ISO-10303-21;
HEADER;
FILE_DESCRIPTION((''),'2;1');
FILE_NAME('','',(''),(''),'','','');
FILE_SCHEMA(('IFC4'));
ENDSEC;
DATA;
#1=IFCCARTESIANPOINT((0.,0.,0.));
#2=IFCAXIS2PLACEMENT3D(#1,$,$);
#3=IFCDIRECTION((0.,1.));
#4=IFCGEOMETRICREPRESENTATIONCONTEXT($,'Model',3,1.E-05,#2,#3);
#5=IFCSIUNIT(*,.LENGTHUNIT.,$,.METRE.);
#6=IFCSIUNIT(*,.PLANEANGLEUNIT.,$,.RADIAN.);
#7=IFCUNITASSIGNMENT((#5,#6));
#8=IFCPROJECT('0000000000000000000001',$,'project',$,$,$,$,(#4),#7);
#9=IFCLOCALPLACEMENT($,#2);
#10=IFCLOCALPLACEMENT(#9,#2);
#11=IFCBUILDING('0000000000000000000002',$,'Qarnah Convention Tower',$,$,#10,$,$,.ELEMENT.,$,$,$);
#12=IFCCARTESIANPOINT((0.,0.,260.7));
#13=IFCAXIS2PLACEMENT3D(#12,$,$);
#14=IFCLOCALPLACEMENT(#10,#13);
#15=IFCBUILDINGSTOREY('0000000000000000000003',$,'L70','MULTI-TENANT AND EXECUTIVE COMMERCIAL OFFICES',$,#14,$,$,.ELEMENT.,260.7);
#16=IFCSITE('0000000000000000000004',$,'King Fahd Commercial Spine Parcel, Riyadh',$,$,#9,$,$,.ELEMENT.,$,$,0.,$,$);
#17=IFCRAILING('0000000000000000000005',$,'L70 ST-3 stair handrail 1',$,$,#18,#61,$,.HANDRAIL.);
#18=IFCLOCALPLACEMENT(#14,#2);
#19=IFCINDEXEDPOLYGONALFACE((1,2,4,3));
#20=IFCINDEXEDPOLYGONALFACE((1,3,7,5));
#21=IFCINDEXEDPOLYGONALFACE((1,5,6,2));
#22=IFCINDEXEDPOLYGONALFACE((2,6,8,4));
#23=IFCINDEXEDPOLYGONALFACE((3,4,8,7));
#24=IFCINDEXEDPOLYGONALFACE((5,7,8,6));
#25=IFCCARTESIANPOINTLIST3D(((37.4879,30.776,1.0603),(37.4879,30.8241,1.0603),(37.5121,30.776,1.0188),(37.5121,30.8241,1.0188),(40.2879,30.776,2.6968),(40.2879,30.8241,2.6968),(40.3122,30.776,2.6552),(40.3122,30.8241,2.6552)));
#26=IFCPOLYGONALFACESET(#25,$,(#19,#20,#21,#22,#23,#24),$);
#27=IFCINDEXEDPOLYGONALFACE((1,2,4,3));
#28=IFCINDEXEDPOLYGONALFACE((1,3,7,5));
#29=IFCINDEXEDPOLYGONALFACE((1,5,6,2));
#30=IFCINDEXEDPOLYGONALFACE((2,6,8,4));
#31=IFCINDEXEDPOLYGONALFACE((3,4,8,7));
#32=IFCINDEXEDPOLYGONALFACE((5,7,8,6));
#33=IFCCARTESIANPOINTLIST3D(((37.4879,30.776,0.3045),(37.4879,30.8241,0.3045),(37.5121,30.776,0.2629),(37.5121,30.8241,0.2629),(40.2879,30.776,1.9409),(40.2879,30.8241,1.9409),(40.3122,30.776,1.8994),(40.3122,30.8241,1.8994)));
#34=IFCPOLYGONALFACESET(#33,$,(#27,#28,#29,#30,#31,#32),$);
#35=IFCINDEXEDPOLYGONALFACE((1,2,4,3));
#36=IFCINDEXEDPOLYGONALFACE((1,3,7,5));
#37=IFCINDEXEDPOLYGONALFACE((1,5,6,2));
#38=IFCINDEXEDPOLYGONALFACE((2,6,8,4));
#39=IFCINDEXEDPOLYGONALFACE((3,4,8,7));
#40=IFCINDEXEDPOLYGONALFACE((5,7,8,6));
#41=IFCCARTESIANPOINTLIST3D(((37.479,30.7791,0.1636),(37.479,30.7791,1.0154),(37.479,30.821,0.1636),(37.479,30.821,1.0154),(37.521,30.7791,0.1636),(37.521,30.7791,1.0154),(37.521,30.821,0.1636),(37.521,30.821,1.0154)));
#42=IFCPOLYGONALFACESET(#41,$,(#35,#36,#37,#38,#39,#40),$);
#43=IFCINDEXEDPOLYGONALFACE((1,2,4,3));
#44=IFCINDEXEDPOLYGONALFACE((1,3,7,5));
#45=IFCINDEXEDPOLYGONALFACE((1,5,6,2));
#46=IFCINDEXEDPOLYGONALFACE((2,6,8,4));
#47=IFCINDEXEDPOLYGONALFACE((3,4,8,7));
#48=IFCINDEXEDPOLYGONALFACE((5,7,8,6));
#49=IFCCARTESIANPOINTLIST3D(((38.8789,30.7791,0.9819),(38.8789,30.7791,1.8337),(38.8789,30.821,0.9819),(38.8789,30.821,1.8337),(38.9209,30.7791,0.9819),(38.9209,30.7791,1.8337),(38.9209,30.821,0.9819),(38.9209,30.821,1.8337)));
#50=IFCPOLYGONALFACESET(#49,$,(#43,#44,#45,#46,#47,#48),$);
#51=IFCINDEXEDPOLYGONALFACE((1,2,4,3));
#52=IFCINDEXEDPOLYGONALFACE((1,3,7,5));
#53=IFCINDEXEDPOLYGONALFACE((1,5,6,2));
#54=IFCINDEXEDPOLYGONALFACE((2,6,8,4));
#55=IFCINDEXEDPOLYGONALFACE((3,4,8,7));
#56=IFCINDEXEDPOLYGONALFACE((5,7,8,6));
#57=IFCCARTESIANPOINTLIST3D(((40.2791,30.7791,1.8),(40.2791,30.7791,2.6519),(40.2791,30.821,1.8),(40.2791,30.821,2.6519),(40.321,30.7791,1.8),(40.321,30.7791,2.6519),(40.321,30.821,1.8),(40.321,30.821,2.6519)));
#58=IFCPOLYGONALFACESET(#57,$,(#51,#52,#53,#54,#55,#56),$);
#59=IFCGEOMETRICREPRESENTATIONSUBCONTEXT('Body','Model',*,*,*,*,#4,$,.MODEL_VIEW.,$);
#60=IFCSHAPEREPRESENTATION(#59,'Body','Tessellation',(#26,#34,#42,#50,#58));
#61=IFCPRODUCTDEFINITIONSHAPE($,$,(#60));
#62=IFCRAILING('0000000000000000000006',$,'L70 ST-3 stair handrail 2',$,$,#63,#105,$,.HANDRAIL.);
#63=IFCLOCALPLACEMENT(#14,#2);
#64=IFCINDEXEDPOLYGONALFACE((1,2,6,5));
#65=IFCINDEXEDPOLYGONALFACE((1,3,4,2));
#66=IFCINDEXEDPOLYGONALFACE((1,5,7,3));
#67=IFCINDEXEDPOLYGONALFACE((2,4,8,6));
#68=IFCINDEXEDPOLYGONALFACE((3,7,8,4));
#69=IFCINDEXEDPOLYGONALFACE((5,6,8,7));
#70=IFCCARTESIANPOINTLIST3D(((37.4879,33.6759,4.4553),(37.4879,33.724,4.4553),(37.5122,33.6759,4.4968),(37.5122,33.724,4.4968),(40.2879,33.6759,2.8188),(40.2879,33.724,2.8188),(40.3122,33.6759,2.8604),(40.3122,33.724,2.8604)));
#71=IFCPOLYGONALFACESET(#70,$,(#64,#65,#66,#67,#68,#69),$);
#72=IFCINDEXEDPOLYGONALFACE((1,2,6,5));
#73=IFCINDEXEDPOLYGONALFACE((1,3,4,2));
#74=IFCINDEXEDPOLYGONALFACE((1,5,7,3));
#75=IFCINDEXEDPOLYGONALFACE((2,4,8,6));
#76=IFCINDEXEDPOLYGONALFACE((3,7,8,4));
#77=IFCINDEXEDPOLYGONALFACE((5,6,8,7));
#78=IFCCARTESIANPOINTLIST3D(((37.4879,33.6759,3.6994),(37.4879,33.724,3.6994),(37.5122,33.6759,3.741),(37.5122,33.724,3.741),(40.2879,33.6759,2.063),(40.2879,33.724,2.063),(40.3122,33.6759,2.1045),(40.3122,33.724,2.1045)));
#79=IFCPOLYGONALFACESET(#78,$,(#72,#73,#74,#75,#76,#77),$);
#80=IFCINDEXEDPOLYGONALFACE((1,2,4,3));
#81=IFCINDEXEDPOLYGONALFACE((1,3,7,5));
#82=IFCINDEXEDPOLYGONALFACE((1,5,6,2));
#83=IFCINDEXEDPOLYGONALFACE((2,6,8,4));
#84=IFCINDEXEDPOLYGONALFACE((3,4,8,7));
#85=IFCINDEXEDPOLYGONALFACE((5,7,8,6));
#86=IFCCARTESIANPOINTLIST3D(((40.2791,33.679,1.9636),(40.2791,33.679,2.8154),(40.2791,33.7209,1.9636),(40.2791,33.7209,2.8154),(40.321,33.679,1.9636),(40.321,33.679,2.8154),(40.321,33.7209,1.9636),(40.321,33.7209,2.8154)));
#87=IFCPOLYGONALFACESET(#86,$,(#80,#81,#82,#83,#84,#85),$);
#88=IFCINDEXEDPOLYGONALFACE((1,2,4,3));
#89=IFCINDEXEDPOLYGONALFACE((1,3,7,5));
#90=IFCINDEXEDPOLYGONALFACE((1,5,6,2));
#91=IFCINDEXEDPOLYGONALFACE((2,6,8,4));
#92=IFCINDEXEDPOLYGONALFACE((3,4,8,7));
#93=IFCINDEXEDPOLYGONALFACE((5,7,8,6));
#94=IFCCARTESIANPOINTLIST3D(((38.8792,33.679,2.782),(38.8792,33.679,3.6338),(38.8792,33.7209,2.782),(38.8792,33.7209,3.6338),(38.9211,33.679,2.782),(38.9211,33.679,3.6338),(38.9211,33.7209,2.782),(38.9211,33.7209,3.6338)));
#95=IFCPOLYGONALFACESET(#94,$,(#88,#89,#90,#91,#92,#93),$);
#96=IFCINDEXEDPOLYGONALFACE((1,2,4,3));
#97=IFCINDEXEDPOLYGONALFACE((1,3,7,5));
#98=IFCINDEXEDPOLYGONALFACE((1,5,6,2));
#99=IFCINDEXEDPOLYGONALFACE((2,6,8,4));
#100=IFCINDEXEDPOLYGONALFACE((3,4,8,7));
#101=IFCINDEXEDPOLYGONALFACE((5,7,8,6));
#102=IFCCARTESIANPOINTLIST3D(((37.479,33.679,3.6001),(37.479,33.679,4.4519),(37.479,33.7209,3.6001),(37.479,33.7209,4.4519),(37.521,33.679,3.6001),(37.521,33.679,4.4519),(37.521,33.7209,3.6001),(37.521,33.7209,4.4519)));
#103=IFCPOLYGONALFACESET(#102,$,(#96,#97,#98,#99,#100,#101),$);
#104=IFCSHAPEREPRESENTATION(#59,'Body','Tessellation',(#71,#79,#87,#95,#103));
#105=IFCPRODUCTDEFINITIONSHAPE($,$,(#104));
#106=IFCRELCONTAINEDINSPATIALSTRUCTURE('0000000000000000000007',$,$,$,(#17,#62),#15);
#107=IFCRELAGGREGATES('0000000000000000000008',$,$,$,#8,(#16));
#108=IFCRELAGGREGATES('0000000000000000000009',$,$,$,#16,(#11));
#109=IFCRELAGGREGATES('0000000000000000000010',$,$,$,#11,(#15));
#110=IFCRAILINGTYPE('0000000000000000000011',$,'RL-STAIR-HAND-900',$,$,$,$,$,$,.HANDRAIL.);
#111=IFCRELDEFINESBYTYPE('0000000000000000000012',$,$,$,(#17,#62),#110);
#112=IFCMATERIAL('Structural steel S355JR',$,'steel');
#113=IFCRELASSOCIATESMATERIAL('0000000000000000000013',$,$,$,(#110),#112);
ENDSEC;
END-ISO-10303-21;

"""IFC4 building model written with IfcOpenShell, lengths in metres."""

from ifc_helpers import new_model, si_unit, direction, frame, origin, origin_2d, place, context, subcontext, project, spatial, rectangle, extrude, material, type_object, element, save


model = new_model("IFC4")

# Units and contexts
model_context = context("Model", 3, precision=1e-05, world=origin(), true_north=direction((0.0, 1.0)))
body_context = subcontext(model_context, "Body", "Model", "MODEL_VIEW")
ifc_project = project(units=[si_unit("LENGTHUNIT", "METRE"), si_unit("PLANEANGLEUNIT", "RADIAN")], contexts=[model_context])

# Site, building, storey
site_placement = place(None, origin())
site = spatial("IfcSite", under=ifc_project, at=site_placement, Name="King Fahd Commercial Spine Parcel, Riyadh", CompositionType="ELEMENT", RefElevation=0.0)
building_placement = place(site_placement, origin())
building = spatial("IfcBuilding", under=site, at=building_placement, Name="Qarnah Convention Tower", CompositionType="ELEMENT")
storey_placement = place(building_placement, frame((0.0, 0.0, 260.7)))
storey = spatial("IfcBuildingStorey", under=building, at=storey_placement, Name="L70", Description="MULTI-TENANT AND EXECUTIVE COMMERCIAL OFFICES", CompositionType="ELEMENT", Elevation=260.7)

# Shared definitions
ifc_material_1 = material(Name="Structural steel S355JR", Category="steel")

# Railings
railing_type_1 = type_object("IfcRailingType", Name="RL-STAIR-HAND-900", PredefinedType="HANDRAIL", material=ifc_material_1)
railing_1_placement = place(storey_placement, frame((37.5, 30.8, 0.1636)))
element("IfcRailing", 1, at=railing_1_placement, inside=storey, type_object=railing_type_1, Name="L70 ST-3 stair handrail 1", PredefinedType="HANDRAIL", context=body_context, shape_type="SweptSolid", body=[
    extrude(rectangle(XDim=0.0481, YDim=0.0481, at=origin_2d()), frame((0.0, 0.0, 0.876), z_axis=(0.863361, 0.0, 0.504587), x_axis=(0.0, 1.0, 0.0)), (0.0, 0.0, 1.0), 3.2432),
    extrude(rectangle(XDim=0.0481, YDim=0.0481, at=origin_2d()), frame((0.0, 0.0, 0.1201), z_axis=(0.863361, 0.0, 0.504587), x_axis=(0.0, 1.0, 0.0)), (0.0, 0.0, 1.0), 3.2432),
    extrude(rectangle(XDim=0.042, YDim=0.042, at=origin_2d()), origin(), (0.0, 0.0, 1.0), 0.8518),
    extrude(rectangle(XDim=0.042, YDim=0.042, at=origin_2d()), frame((1.3999, 0.0, 0.8184)), (0.0, 0.0, 1.0), 0.8518),
    extrude(rectangle(XDim=0.042, YDim=0.042, at=origin_2d()), frame((2.8, 0.0, 1.6365)), (0.0, 0.0, 1.0), 0.8518),
])
railing_2_placement = place(storey_placement, frame((40.3, 33.7, 1.9636)))
element("IfcRailing", 2, at=railing_2_placement, inside=storey, type_object=railing_type_1, Name="L70 ST-3 stair handrail 2", PredefinedType="HANDRAIL", context=body_context, shape_type="SweptSolid", body=[
    extrude(rectangle(XDim=0.0481, YDim=0.0481, at=origin_2d()), frame((0.0, 0.0, 0.876), z_axis=(-0.863361, 0.0, 0.504587), x_axis=(0.0, -1.0, 0.0)), (0.0, 0.0, 1.0), 3.2432),
    extrude(rectangle(XDim=0.0481, YDim=0.0481, at=origin_2d()), frame((0.0, 0.0, 0.1201), z_axis=(-0.863361, 0.0, 0.504587), x_axis=(0.0, -1.0, 0.0)), (0.0, 0.0, 1.0), 3.2432),
    extrude(rectangle(XDim=0.042, YDim=0.042, at=origin_2d()), origin(), (0.0, 0.0, 1.0), 0.8518),
    extrude(rectangle(XDim=0.042, YDim=0.042, at=origin_2d()), frame((-1.3999, 0.0, 0.8184)), (0.0, 0.0, 1.0), 0.8518),
    extrude(rectangle(XDim=0.042, YDim=0.042, at=origin_2d()), frame((-2.8, 0.0, 1.6365)), (0.0, 0.0, 1.0), 0.8518),
])

save(model, "model.ifc")
